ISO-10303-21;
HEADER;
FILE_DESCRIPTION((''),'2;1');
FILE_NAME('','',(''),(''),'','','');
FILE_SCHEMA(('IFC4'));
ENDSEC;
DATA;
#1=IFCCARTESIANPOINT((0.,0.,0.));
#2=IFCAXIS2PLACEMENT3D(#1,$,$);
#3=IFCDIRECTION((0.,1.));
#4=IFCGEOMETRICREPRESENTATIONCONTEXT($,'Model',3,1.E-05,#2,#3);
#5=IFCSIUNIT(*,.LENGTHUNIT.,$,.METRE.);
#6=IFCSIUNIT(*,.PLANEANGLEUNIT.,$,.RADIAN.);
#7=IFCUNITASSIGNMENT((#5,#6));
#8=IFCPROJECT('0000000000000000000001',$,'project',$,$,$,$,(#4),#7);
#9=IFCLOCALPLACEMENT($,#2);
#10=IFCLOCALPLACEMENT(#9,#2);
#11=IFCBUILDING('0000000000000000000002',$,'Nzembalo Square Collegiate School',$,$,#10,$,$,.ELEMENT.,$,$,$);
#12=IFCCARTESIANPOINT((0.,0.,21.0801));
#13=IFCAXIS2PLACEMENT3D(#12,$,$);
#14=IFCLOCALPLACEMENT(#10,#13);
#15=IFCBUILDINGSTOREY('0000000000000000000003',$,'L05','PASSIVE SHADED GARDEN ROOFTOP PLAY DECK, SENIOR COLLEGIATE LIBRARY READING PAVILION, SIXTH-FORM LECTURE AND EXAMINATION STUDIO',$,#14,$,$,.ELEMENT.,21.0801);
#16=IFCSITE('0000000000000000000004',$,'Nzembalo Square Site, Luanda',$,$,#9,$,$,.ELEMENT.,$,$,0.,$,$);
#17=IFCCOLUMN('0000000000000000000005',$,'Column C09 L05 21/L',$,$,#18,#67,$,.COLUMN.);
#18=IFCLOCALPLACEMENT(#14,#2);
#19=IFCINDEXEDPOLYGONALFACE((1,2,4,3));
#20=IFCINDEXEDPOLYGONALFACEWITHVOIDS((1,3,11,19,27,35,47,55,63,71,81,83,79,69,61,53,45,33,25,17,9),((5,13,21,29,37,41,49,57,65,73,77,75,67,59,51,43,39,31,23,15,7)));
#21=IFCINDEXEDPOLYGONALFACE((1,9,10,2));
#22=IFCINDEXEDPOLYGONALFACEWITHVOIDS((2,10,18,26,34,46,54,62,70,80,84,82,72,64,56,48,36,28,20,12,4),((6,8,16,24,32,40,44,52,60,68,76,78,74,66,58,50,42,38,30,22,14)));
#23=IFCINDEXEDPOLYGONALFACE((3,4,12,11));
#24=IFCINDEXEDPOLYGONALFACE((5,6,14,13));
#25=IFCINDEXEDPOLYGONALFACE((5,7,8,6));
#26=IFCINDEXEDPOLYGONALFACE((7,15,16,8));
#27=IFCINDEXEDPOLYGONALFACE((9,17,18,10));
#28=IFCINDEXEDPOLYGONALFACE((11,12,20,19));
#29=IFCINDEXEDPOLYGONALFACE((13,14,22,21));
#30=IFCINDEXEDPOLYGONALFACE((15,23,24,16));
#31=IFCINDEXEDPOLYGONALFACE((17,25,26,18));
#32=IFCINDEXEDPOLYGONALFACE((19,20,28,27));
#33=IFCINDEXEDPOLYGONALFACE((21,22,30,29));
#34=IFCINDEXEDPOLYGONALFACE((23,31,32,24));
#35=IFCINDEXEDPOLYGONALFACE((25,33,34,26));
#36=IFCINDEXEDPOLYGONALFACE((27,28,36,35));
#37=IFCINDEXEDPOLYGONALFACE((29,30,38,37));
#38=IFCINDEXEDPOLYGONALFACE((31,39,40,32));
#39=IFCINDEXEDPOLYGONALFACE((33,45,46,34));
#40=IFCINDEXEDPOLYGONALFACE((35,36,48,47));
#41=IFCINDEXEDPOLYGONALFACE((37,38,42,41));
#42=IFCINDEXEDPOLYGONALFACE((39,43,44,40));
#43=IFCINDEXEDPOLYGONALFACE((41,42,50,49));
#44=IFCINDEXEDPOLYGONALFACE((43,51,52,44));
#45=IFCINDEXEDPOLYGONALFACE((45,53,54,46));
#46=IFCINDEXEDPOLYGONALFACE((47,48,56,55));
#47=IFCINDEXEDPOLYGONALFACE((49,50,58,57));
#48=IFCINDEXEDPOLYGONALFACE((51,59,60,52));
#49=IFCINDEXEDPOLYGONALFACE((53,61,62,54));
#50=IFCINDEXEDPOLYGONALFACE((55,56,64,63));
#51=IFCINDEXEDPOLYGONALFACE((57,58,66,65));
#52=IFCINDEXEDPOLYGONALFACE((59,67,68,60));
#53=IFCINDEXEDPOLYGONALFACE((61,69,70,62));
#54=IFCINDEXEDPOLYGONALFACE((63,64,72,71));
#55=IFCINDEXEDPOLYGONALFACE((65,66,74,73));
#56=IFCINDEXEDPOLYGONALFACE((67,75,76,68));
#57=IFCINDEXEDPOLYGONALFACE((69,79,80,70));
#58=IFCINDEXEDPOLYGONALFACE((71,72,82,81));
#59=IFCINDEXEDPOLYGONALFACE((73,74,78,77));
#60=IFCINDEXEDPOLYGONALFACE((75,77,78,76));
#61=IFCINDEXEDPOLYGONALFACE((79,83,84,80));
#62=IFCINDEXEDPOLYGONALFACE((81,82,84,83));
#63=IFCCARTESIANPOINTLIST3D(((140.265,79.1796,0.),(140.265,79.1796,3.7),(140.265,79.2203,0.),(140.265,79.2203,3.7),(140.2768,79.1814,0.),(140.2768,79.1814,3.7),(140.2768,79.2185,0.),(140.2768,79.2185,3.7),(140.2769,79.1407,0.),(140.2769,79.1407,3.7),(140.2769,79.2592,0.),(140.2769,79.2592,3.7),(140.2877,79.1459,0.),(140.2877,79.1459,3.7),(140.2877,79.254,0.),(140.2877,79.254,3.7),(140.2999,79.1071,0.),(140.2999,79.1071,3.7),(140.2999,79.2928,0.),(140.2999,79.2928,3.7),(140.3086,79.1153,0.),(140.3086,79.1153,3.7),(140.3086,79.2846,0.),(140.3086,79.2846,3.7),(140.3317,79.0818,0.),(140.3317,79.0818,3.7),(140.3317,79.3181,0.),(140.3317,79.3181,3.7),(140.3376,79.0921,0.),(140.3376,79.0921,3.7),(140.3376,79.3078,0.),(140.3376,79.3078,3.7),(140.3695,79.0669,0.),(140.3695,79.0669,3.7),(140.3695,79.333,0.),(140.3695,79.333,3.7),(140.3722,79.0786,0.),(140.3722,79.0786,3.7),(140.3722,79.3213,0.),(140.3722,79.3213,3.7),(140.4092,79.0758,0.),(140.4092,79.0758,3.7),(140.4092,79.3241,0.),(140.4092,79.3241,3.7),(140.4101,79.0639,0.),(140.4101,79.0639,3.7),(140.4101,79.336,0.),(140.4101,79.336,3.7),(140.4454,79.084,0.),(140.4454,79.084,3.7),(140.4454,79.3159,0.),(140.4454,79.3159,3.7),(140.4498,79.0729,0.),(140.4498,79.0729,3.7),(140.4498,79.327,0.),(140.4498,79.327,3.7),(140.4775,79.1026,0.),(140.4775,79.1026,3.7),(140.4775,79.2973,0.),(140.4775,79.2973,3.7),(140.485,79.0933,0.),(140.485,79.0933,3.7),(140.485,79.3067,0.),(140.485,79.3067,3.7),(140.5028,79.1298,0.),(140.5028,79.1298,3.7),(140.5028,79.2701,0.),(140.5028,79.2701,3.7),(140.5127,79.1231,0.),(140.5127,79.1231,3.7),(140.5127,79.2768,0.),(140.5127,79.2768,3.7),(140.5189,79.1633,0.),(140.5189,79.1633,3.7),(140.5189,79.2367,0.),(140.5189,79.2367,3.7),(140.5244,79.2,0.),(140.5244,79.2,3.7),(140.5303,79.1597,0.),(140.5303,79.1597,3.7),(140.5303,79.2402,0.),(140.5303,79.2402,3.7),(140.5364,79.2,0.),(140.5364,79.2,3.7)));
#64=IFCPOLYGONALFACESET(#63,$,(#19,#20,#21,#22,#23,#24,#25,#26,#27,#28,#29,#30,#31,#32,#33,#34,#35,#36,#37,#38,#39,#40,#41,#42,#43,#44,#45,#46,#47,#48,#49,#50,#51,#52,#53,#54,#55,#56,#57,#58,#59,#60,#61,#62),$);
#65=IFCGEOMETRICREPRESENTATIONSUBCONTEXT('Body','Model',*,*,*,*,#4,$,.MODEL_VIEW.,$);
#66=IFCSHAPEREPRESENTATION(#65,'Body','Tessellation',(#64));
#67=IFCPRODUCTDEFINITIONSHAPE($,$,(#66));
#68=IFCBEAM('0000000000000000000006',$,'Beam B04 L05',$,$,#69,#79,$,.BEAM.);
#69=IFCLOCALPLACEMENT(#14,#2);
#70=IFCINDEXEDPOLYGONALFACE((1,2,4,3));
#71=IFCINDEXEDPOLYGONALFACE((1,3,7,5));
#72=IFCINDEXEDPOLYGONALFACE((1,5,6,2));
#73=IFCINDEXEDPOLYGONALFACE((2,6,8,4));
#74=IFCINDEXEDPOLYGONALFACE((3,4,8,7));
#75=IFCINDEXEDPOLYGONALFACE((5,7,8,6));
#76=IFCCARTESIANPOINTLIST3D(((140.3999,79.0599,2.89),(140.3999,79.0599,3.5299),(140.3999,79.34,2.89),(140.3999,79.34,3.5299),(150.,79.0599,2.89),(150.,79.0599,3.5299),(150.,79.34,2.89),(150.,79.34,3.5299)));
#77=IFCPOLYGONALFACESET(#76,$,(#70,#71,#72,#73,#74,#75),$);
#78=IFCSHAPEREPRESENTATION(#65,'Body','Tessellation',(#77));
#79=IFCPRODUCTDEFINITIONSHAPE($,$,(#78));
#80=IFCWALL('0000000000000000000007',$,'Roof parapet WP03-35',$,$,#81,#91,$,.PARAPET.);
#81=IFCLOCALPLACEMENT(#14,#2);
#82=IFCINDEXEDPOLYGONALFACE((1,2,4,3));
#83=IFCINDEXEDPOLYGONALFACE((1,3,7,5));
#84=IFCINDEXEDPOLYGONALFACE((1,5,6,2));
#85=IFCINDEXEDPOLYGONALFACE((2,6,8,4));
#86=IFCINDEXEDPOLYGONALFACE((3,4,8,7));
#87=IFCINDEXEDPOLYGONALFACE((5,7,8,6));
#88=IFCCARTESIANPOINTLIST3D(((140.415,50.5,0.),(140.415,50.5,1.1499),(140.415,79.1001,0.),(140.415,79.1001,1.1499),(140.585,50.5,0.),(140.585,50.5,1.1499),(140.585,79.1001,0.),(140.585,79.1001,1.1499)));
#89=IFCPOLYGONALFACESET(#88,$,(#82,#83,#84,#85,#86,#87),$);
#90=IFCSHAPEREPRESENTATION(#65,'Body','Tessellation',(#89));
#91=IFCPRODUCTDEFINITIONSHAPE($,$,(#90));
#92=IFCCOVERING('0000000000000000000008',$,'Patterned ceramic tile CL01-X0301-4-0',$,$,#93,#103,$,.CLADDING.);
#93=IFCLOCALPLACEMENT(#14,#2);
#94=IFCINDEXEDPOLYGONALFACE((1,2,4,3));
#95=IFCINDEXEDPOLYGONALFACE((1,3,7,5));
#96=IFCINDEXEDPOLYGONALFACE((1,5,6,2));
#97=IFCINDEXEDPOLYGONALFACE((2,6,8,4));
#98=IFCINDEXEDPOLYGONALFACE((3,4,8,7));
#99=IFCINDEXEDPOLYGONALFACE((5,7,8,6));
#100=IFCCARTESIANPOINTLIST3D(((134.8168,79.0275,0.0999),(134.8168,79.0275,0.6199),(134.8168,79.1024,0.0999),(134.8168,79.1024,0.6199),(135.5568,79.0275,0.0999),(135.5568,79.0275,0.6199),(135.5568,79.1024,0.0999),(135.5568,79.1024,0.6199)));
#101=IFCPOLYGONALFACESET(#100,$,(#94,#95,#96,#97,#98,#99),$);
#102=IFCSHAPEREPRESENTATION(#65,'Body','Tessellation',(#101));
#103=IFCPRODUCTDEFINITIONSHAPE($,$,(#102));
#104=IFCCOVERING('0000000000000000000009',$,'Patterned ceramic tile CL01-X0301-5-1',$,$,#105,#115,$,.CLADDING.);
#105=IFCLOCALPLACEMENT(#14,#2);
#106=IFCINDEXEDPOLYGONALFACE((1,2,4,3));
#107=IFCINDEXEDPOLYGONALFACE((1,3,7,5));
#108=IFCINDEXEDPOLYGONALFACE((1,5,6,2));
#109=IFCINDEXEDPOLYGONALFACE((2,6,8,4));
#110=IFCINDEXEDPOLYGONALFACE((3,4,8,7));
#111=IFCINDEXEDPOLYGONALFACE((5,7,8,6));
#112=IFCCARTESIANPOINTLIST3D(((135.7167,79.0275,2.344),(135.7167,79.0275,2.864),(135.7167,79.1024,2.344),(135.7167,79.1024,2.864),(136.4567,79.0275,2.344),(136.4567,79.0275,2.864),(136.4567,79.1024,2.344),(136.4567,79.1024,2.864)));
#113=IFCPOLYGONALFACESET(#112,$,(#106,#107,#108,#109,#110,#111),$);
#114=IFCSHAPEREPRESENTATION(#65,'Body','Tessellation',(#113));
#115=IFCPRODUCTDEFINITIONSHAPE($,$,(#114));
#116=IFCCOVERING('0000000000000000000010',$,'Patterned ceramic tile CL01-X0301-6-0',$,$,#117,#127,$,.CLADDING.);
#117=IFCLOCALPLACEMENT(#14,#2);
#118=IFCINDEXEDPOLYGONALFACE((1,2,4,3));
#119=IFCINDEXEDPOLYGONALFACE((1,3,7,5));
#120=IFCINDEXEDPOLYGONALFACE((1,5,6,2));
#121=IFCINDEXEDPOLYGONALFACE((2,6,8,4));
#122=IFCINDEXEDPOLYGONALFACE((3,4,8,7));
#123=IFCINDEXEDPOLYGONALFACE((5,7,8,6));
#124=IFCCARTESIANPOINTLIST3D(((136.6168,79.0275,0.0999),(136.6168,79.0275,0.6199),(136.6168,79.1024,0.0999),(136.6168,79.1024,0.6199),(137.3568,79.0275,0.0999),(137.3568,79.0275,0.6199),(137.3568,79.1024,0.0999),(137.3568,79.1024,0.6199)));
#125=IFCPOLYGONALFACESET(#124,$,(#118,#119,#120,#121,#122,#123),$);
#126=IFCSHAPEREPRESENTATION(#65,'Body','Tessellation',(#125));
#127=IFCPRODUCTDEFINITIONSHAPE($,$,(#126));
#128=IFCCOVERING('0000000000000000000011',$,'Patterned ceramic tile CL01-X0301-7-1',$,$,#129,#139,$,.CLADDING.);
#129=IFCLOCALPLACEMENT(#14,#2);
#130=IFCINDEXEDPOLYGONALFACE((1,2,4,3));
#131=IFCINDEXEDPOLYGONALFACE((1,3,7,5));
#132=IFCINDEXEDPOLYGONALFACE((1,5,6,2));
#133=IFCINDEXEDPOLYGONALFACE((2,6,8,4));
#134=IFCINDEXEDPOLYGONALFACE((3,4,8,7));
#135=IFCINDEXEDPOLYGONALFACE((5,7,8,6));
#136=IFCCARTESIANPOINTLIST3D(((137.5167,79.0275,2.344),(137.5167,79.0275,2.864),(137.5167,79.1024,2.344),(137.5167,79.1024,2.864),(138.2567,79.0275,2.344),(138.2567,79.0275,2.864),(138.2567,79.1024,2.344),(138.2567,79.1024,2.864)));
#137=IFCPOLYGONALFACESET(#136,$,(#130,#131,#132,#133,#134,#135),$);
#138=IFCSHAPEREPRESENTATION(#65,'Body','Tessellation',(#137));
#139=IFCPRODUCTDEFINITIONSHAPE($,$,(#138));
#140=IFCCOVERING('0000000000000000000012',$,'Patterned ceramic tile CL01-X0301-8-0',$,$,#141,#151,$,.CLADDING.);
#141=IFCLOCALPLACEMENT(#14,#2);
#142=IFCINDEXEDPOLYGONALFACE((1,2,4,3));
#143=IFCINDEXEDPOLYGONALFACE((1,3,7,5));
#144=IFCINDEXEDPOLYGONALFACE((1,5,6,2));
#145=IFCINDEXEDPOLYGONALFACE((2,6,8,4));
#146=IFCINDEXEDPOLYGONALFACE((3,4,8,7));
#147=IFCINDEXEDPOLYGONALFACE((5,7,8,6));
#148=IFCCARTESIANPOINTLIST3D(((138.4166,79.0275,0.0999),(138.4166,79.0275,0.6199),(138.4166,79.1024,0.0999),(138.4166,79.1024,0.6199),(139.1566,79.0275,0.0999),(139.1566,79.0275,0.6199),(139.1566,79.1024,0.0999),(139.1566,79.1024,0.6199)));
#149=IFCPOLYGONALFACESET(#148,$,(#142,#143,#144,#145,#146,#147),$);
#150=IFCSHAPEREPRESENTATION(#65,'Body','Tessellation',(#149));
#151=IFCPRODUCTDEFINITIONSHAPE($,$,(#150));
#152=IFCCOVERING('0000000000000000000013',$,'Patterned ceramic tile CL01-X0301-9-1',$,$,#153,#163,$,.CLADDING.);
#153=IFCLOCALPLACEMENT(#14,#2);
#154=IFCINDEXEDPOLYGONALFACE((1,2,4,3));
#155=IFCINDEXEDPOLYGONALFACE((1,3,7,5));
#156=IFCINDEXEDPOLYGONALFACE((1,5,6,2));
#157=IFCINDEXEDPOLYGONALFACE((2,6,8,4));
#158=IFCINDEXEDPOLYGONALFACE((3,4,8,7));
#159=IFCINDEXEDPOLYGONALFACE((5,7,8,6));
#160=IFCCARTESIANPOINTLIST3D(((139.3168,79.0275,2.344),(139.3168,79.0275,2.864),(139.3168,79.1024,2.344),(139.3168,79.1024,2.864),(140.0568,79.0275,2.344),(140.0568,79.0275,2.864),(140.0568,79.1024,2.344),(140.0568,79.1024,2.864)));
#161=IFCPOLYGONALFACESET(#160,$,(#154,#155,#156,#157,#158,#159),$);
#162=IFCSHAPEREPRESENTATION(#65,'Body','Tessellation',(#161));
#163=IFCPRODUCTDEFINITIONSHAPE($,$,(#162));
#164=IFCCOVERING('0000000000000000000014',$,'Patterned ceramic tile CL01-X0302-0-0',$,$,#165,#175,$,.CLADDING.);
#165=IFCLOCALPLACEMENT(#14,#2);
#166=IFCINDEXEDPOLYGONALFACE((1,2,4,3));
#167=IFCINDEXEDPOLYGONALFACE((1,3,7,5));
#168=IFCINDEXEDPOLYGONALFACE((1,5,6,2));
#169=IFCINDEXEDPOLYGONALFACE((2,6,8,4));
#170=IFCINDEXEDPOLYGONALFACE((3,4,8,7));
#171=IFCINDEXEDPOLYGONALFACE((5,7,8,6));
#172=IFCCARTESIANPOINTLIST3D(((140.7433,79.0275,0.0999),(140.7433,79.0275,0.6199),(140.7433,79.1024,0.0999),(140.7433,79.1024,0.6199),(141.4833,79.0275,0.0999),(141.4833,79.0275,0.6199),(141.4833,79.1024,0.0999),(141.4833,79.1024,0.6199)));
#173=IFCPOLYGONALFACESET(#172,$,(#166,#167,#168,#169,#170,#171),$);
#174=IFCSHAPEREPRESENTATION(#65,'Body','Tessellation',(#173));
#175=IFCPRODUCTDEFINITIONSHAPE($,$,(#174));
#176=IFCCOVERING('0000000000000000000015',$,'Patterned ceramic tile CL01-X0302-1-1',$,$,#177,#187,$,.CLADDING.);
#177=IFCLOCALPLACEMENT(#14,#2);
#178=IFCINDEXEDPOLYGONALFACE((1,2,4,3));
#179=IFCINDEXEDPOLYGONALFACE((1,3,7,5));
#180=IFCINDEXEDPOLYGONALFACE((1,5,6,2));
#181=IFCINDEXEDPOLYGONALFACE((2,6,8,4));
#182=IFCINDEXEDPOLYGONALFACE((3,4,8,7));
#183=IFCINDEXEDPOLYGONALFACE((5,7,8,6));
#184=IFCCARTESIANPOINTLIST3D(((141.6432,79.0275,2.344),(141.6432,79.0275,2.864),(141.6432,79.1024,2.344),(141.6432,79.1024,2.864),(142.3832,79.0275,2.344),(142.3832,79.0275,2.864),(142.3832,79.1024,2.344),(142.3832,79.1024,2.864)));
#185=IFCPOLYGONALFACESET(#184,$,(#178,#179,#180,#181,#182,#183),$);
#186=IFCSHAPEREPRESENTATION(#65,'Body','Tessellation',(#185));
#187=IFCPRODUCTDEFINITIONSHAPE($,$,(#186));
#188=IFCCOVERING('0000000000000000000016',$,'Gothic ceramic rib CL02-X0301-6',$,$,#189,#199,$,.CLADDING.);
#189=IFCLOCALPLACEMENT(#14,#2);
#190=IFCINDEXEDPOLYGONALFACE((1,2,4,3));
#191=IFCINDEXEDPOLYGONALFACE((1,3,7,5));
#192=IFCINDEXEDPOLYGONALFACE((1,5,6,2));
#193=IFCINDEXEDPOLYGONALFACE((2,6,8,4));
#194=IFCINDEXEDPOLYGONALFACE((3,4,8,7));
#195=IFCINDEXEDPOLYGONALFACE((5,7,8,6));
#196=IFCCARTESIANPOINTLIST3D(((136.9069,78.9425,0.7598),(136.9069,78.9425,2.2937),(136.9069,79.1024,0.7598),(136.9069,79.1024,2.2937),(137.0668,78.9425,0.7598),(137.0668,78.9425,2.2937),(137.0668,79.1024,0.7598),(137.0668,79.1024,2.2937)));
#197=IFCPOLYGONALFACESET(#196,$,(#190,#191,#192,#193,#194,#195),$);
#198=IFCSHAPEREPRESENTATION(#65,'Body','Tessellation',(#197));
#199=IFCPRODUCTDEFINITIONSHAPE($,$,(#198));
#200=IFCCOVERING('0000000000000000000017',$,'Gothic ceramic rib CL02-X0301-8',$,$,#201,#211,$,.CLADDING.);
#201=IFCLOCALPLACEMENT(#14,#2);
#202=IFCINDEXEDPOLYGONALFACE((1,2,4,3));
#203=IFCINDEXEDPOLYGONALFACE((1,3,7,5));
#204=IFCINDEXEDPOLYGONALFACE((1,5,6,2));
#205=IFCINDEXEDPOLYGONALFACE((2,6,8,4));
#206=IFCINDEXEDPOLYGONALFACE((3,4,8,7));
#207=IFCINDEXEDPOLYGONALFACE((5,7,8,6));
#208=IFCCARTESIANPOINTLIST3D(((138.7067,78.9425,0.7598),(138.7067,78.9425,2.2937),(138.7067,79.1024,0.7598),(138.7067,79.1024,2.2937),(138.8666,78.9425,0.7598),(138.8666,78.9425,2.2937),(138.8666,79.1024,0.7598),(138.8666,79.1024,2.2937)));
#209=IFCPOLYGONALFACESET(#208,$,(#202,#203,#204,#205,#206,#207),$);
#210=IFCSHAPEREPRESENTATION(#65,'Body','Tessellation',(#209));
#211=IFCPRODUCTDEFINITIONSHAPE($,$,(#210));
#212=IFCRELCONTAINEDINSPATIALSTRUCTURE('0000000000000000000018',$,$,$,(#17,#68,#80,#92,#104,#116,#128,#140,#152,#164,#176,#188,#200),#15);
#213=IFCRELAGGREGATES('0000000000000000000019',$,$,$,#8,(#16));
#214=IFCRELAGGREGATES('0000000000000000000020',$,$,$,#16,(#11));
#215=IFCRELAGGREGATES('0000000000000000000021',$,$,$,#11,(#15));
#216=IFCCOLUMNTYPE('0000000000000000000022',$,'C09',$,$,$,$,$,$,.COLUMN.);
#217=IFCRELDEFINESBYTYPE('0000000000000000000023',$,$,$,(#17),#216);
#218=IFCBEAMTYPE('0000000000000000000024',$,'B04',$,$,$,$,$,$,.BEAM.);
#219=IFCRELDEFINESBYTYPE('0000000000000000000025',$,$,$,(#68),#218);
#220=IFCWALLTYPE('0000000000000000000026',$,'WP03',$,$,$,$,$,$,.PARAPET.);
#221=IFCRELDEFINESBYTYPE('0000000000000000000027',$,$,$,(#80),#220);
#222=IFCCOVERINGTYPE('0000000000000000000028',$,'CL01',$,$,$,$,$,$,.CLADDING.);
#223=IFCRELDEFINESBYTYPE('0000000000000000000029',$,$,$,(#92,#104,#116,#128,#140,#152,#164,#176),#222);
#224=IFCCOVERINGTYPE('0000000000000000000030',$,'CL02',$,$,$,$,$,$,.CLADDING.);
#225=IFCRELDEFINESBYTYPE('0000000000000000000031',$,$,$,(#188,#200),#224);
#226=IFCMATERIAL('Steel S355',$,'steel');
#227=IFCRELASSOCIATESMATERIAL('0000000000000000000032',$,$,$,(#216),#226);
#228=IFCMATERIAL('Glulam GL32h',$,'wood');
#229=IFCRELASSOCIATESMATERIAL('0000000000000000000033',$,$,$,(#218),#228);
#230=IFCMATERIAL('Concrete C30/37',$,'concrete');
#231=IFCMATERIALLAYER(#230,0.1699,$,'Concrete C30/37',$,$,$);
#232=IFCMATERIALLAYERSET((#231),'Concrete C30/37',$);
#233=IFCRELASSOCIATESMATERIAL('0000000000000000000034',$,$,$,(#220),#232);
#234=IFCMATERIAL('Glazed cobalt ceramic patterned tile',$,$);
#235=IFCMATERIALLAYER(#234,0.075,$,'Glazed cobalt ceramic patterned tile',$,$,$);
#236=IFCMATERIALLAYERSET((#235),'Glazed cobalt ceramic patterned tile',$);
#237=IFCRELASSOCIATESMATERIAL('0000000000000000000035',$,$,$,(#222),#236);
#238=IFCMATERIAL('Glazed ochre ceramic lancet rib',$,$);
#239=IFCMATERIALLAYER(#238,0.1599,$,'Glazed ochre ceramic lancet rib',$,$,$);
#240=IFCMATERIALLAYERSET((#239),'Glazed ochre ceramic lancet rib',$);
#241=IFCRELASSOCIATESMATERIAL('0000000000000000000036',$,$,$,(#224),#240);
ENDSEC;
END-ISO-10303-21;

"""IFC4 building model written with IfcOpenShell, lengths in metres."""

from ifc_helpers import new_model, si_unit, direction, frame, frame_2d, origin, origin_2d, place, context, subcontext, project, spatial, rectangle, hollow_circle, extrude, material, layer, layer_set, material_profile, profile_set, type_object, element, save


model = new_model("IFC4")

# Units and contexts
model_context = context("Model", 3, precision=1e-05, world=origin(), true_north=direction((0.0, 1.0)))
body_context = subcontext(model_context, "Body", "Model", "MODEL_VIEW")
ifc_project = project(units=[si_unit("LENGTHUNIT", "METRE"), si_unit("PLANEANGLEUNIT", "RADIAN")], contexts=[model_context])

# Site, building, storey
site_placement = place(None, origin())
site = spatial("IfcSite", under=ifc_project, at=site_placement, Name="Nzembalo Square Site, Luanda", CompositionType="ELEMENT", RefElevation=0.0)
building_placement = place(site_placement, origin())
building = spatial("IfcBuilding", under=site, at=building_placement, Name="Nzembalo Square Collegiate School", CompositionType="ELEMENT")
storey_placement = place(building_placement, frame((0.0, 0.0, 21.0801)))
storey = spatial("IfcBuildingStorey", under=building, at=storey_placement, Name="L05", Description="PASSIVE SHADED GARDEN ROOFTOP PLAY DECK, SENIOR COLLEGIATE LIBRARY READING PAVILION, SIXTH-FORM LECTURE AND EXAMINATION STUDIO", CompositionType="ELEMENT", Elevation=21.0801)

# Column
ifc_material_1 = material(Name="Steel S355", Category="steel")
ifc_material_profile_1 = material_profile(ifc_material_1, hollow_circle(Radius=0.1365, WallThickness=0.012, at=origin_2d()), Name="CHS 273x12")
ifc_profile_set_1 = profile_set([ifc_material_profile_1], Name="Steel S355")
column_type = type_object("IfcColumnType", Name="C09", PredefinedType="COLUMN", material=ifc_profile_set_1)
column_placement = place(storey_placement, frame((140.3999, 79.2, 0.0), z_axis=(0.0, 0.0, 1.0), x_axis=(1.0, 0.0, 0.0)))
element("IfcColumn", 1, at=column_placement, inside=storey, type_object=column_type, Name="Column C09 L05 21/L", PredefinedType="COLUMN", context=body_context, shape_type="SweptSolid", body=[
    extrude(hollow_circle(Radius=0.1365, WallThickness=0.012, at=origin_2d()), origin(), (0.0, 0.0, 1.0), 3.7),
])

# Beam
ifc_material_2 = material(Name="Glulam GL32h", Category="wood")
ifc_material_profile_2 = material_profile(ifc_material_2, rectangle(XDim=0.28, YDim=0.6399, at=origin_2d()), Name="GL32h 280x640")
ifc_profile_set_2 = profile_set([ifc_material_profile_2], Name="Glulam GL32h")
beam_type = type_object("IfcBeamType", Name="B04", PredefinedType="BEAM", material=ifc_profile_set_2)
beam_placement = place(storey_placement, frame((140.3999, 79.2, 3.21), z_axis=(1.0, 0.0, 0.0), x_axis=(0.0, 1.0, 0.0)))
element("IfcBeam", 2, at=beam_placement, inside=storey, type_object=beam_type, Name="Beam B04 L05", PredefinedType="BEAM", context=body_context, shape_type="SweptSolid", body=[
    extrude(rectangle(XDim=0.28, YDim=0.6399, at=origin_2d()), origin(), (0.0, 0.0, 1.0), 9.6001),
])

# Wall
ifc_material_3 = material(Name="Concrete C30/37", Category="concrete")
ifc_layer_1 = layer(ifc_material_3, 0.1699, Name="Concrete C30/37")
ifc_layer_set_1 = layer_set([ifc_layer_1], Name="Concrete C30/37")
wall_type = type_object("IfcWallType", Name="WP03", PredefinedType="PARAPET", material=ifc_layer_set_1)
wall_placement = place(storey_placement, frame((140.5, 79.1001, 0.0), z_axis=(0.0, 0.0, 1.0), x_axis=(0.0, -1.0, 0.0)))
element("IfcWall", 3, at=wall_placement, inside=storey, type_object=wall_type, Name="Roof parapet WP03-35", PredefinedType="PARAPET", context=body_context, shape_type="SweptSolid", body=[
    extrude(rectangle(XDim=28.6001, YDim=0.1699, at=frame_2d((14.3, 0.0))), origin(), (0.0, 0.0, 1.0), 1.1499),
])

# Coverings
ifc_material_4 = material(Name="Glazed cobalt ceramic patterned tile")
ifc_layer_2 = layer(ifc_material_4, 0.075, Name="Glazed cobalt ceramic patterned tile")
ifc_layer_set_2 = layer_set([ifc_layer_2], Name="Glazed cobalt ceramic patterned tile")
covering_type_1 = type_object("IfcCoveringType", Name="CL01", PredefinedType="CLADDING", material=ifc_layer_set_2)
for number, where, z_axis, x_axis, name in (
    (4, (135.1868, 79.0649, 0.0999), (0.0, 0.0, 1.0), (1.0, 0.0, 0.0), "Patterned ceramic tile CL01-X0301-4-0"),
    (5, (136.0867, 79.0649, 2.344), (0.0, 0.0, 1.0), (1.0, 0.0, 0.0), "Patterned ceramic tile CL01-X0301-5-1"),
    (6, (136.9868, 79.0649, 0.0999), (0.0, 0.0, 1.0), (1.0, 0.0, 0.0), "Patterned ceramic tile CL01-X0301-6-0"),
    (7, (137.8867, 79.0649, 2.344), (0.0, 0.0, 1.0), (1.0, 0.0, 0.0), "Patterned ceramic tile CL01-X0301-7-1"),
    (8, (138.7866, 79.0649, 0.0999), (0.0, 0.0, 1.0), (1.0, 0.0, 0.0), "Patterned ceramic tile CL01-X0301-8-0"),
    (9, (139.6868, 79.0649, 2.344), (0.0, 0.0, 1.0), (1.0, 0.0, 0.0), "Patterned ceramic tile CL01-X0301-9-1"),
    (10, (141.1133, 79.0649, 0.0999), (0.0, 0.0, 1.0), (1.0, 0.0, 0.0), "Patterned ceramic tile CL01-X0302-0-0"),
    (11, (142.0132, 79.0649, 2.344), (0.0, 0.0, 1.0), (1.0, 0.0, 0.0), "Patterned ceramic tile CL01-X0302-1-1"),
):
    element("IfcCovering", number, at=place(storey_placement, frame(where, z_axis=z_axis, x_axis=x_axis)), inside=storey, type_object=covering_type_1, Name=name, PredefinedType="CLADDING", context=body_context, shape_type="SweptSolid", body=[
        extrude(rectangle(XDim=0.74, YDim=0.075, at=origin_2d()), origin(), (0.0, 0.0, 1.0), 0.52),
    ])
ifc_material_5 = material(Name="Glazed ochre ceramic lancet rib")
ifc_layer_3 = layer(ifc_material_5, 0.1599, Name="Glazed ochre ceramic lancet rib")
ifc_layer_set_3 = layer_set([ifc_layer_3], Name="Glazed ochre ceramic lancet rib")
covering_type_2 = type_object("IfcCoveringType", Name="CL02", PredefinedType="CLADDING", material=ifc_layer_set_3)
for number, where, z_axis, x_axis, name in (
    (12, (136.9868, 79.0225, 0.7598), (0.0, 0.0, 1.0), (1.0, 0.0, 0.0), "Gothic ceramic rib CL02-X0301-6"),
    (13, (138.7866, 79.0225, 0.7598), (0.0, 0.0, 1.0), (1.0, 0.0, 0.0), "Gothic ceramic rib CL02-X0301-8"),
):
    element("IfcCovering", number, at=place(storey_placement, frame(where, z_axis=z_axis, x_axis=x_axis)), inside=storey, type_object=covering_type_2, Name=name, PredefinedType="CLADDING", context=body_context, shape_type="SweptSolid", body=[
        extrude(rectangle(XDim=0.1599, YDim=0.1599, at=origin_2d()), origin(), (0.0, 0.0, 1.0), 1.5339),
    ])

save(model, "model.ifc")
